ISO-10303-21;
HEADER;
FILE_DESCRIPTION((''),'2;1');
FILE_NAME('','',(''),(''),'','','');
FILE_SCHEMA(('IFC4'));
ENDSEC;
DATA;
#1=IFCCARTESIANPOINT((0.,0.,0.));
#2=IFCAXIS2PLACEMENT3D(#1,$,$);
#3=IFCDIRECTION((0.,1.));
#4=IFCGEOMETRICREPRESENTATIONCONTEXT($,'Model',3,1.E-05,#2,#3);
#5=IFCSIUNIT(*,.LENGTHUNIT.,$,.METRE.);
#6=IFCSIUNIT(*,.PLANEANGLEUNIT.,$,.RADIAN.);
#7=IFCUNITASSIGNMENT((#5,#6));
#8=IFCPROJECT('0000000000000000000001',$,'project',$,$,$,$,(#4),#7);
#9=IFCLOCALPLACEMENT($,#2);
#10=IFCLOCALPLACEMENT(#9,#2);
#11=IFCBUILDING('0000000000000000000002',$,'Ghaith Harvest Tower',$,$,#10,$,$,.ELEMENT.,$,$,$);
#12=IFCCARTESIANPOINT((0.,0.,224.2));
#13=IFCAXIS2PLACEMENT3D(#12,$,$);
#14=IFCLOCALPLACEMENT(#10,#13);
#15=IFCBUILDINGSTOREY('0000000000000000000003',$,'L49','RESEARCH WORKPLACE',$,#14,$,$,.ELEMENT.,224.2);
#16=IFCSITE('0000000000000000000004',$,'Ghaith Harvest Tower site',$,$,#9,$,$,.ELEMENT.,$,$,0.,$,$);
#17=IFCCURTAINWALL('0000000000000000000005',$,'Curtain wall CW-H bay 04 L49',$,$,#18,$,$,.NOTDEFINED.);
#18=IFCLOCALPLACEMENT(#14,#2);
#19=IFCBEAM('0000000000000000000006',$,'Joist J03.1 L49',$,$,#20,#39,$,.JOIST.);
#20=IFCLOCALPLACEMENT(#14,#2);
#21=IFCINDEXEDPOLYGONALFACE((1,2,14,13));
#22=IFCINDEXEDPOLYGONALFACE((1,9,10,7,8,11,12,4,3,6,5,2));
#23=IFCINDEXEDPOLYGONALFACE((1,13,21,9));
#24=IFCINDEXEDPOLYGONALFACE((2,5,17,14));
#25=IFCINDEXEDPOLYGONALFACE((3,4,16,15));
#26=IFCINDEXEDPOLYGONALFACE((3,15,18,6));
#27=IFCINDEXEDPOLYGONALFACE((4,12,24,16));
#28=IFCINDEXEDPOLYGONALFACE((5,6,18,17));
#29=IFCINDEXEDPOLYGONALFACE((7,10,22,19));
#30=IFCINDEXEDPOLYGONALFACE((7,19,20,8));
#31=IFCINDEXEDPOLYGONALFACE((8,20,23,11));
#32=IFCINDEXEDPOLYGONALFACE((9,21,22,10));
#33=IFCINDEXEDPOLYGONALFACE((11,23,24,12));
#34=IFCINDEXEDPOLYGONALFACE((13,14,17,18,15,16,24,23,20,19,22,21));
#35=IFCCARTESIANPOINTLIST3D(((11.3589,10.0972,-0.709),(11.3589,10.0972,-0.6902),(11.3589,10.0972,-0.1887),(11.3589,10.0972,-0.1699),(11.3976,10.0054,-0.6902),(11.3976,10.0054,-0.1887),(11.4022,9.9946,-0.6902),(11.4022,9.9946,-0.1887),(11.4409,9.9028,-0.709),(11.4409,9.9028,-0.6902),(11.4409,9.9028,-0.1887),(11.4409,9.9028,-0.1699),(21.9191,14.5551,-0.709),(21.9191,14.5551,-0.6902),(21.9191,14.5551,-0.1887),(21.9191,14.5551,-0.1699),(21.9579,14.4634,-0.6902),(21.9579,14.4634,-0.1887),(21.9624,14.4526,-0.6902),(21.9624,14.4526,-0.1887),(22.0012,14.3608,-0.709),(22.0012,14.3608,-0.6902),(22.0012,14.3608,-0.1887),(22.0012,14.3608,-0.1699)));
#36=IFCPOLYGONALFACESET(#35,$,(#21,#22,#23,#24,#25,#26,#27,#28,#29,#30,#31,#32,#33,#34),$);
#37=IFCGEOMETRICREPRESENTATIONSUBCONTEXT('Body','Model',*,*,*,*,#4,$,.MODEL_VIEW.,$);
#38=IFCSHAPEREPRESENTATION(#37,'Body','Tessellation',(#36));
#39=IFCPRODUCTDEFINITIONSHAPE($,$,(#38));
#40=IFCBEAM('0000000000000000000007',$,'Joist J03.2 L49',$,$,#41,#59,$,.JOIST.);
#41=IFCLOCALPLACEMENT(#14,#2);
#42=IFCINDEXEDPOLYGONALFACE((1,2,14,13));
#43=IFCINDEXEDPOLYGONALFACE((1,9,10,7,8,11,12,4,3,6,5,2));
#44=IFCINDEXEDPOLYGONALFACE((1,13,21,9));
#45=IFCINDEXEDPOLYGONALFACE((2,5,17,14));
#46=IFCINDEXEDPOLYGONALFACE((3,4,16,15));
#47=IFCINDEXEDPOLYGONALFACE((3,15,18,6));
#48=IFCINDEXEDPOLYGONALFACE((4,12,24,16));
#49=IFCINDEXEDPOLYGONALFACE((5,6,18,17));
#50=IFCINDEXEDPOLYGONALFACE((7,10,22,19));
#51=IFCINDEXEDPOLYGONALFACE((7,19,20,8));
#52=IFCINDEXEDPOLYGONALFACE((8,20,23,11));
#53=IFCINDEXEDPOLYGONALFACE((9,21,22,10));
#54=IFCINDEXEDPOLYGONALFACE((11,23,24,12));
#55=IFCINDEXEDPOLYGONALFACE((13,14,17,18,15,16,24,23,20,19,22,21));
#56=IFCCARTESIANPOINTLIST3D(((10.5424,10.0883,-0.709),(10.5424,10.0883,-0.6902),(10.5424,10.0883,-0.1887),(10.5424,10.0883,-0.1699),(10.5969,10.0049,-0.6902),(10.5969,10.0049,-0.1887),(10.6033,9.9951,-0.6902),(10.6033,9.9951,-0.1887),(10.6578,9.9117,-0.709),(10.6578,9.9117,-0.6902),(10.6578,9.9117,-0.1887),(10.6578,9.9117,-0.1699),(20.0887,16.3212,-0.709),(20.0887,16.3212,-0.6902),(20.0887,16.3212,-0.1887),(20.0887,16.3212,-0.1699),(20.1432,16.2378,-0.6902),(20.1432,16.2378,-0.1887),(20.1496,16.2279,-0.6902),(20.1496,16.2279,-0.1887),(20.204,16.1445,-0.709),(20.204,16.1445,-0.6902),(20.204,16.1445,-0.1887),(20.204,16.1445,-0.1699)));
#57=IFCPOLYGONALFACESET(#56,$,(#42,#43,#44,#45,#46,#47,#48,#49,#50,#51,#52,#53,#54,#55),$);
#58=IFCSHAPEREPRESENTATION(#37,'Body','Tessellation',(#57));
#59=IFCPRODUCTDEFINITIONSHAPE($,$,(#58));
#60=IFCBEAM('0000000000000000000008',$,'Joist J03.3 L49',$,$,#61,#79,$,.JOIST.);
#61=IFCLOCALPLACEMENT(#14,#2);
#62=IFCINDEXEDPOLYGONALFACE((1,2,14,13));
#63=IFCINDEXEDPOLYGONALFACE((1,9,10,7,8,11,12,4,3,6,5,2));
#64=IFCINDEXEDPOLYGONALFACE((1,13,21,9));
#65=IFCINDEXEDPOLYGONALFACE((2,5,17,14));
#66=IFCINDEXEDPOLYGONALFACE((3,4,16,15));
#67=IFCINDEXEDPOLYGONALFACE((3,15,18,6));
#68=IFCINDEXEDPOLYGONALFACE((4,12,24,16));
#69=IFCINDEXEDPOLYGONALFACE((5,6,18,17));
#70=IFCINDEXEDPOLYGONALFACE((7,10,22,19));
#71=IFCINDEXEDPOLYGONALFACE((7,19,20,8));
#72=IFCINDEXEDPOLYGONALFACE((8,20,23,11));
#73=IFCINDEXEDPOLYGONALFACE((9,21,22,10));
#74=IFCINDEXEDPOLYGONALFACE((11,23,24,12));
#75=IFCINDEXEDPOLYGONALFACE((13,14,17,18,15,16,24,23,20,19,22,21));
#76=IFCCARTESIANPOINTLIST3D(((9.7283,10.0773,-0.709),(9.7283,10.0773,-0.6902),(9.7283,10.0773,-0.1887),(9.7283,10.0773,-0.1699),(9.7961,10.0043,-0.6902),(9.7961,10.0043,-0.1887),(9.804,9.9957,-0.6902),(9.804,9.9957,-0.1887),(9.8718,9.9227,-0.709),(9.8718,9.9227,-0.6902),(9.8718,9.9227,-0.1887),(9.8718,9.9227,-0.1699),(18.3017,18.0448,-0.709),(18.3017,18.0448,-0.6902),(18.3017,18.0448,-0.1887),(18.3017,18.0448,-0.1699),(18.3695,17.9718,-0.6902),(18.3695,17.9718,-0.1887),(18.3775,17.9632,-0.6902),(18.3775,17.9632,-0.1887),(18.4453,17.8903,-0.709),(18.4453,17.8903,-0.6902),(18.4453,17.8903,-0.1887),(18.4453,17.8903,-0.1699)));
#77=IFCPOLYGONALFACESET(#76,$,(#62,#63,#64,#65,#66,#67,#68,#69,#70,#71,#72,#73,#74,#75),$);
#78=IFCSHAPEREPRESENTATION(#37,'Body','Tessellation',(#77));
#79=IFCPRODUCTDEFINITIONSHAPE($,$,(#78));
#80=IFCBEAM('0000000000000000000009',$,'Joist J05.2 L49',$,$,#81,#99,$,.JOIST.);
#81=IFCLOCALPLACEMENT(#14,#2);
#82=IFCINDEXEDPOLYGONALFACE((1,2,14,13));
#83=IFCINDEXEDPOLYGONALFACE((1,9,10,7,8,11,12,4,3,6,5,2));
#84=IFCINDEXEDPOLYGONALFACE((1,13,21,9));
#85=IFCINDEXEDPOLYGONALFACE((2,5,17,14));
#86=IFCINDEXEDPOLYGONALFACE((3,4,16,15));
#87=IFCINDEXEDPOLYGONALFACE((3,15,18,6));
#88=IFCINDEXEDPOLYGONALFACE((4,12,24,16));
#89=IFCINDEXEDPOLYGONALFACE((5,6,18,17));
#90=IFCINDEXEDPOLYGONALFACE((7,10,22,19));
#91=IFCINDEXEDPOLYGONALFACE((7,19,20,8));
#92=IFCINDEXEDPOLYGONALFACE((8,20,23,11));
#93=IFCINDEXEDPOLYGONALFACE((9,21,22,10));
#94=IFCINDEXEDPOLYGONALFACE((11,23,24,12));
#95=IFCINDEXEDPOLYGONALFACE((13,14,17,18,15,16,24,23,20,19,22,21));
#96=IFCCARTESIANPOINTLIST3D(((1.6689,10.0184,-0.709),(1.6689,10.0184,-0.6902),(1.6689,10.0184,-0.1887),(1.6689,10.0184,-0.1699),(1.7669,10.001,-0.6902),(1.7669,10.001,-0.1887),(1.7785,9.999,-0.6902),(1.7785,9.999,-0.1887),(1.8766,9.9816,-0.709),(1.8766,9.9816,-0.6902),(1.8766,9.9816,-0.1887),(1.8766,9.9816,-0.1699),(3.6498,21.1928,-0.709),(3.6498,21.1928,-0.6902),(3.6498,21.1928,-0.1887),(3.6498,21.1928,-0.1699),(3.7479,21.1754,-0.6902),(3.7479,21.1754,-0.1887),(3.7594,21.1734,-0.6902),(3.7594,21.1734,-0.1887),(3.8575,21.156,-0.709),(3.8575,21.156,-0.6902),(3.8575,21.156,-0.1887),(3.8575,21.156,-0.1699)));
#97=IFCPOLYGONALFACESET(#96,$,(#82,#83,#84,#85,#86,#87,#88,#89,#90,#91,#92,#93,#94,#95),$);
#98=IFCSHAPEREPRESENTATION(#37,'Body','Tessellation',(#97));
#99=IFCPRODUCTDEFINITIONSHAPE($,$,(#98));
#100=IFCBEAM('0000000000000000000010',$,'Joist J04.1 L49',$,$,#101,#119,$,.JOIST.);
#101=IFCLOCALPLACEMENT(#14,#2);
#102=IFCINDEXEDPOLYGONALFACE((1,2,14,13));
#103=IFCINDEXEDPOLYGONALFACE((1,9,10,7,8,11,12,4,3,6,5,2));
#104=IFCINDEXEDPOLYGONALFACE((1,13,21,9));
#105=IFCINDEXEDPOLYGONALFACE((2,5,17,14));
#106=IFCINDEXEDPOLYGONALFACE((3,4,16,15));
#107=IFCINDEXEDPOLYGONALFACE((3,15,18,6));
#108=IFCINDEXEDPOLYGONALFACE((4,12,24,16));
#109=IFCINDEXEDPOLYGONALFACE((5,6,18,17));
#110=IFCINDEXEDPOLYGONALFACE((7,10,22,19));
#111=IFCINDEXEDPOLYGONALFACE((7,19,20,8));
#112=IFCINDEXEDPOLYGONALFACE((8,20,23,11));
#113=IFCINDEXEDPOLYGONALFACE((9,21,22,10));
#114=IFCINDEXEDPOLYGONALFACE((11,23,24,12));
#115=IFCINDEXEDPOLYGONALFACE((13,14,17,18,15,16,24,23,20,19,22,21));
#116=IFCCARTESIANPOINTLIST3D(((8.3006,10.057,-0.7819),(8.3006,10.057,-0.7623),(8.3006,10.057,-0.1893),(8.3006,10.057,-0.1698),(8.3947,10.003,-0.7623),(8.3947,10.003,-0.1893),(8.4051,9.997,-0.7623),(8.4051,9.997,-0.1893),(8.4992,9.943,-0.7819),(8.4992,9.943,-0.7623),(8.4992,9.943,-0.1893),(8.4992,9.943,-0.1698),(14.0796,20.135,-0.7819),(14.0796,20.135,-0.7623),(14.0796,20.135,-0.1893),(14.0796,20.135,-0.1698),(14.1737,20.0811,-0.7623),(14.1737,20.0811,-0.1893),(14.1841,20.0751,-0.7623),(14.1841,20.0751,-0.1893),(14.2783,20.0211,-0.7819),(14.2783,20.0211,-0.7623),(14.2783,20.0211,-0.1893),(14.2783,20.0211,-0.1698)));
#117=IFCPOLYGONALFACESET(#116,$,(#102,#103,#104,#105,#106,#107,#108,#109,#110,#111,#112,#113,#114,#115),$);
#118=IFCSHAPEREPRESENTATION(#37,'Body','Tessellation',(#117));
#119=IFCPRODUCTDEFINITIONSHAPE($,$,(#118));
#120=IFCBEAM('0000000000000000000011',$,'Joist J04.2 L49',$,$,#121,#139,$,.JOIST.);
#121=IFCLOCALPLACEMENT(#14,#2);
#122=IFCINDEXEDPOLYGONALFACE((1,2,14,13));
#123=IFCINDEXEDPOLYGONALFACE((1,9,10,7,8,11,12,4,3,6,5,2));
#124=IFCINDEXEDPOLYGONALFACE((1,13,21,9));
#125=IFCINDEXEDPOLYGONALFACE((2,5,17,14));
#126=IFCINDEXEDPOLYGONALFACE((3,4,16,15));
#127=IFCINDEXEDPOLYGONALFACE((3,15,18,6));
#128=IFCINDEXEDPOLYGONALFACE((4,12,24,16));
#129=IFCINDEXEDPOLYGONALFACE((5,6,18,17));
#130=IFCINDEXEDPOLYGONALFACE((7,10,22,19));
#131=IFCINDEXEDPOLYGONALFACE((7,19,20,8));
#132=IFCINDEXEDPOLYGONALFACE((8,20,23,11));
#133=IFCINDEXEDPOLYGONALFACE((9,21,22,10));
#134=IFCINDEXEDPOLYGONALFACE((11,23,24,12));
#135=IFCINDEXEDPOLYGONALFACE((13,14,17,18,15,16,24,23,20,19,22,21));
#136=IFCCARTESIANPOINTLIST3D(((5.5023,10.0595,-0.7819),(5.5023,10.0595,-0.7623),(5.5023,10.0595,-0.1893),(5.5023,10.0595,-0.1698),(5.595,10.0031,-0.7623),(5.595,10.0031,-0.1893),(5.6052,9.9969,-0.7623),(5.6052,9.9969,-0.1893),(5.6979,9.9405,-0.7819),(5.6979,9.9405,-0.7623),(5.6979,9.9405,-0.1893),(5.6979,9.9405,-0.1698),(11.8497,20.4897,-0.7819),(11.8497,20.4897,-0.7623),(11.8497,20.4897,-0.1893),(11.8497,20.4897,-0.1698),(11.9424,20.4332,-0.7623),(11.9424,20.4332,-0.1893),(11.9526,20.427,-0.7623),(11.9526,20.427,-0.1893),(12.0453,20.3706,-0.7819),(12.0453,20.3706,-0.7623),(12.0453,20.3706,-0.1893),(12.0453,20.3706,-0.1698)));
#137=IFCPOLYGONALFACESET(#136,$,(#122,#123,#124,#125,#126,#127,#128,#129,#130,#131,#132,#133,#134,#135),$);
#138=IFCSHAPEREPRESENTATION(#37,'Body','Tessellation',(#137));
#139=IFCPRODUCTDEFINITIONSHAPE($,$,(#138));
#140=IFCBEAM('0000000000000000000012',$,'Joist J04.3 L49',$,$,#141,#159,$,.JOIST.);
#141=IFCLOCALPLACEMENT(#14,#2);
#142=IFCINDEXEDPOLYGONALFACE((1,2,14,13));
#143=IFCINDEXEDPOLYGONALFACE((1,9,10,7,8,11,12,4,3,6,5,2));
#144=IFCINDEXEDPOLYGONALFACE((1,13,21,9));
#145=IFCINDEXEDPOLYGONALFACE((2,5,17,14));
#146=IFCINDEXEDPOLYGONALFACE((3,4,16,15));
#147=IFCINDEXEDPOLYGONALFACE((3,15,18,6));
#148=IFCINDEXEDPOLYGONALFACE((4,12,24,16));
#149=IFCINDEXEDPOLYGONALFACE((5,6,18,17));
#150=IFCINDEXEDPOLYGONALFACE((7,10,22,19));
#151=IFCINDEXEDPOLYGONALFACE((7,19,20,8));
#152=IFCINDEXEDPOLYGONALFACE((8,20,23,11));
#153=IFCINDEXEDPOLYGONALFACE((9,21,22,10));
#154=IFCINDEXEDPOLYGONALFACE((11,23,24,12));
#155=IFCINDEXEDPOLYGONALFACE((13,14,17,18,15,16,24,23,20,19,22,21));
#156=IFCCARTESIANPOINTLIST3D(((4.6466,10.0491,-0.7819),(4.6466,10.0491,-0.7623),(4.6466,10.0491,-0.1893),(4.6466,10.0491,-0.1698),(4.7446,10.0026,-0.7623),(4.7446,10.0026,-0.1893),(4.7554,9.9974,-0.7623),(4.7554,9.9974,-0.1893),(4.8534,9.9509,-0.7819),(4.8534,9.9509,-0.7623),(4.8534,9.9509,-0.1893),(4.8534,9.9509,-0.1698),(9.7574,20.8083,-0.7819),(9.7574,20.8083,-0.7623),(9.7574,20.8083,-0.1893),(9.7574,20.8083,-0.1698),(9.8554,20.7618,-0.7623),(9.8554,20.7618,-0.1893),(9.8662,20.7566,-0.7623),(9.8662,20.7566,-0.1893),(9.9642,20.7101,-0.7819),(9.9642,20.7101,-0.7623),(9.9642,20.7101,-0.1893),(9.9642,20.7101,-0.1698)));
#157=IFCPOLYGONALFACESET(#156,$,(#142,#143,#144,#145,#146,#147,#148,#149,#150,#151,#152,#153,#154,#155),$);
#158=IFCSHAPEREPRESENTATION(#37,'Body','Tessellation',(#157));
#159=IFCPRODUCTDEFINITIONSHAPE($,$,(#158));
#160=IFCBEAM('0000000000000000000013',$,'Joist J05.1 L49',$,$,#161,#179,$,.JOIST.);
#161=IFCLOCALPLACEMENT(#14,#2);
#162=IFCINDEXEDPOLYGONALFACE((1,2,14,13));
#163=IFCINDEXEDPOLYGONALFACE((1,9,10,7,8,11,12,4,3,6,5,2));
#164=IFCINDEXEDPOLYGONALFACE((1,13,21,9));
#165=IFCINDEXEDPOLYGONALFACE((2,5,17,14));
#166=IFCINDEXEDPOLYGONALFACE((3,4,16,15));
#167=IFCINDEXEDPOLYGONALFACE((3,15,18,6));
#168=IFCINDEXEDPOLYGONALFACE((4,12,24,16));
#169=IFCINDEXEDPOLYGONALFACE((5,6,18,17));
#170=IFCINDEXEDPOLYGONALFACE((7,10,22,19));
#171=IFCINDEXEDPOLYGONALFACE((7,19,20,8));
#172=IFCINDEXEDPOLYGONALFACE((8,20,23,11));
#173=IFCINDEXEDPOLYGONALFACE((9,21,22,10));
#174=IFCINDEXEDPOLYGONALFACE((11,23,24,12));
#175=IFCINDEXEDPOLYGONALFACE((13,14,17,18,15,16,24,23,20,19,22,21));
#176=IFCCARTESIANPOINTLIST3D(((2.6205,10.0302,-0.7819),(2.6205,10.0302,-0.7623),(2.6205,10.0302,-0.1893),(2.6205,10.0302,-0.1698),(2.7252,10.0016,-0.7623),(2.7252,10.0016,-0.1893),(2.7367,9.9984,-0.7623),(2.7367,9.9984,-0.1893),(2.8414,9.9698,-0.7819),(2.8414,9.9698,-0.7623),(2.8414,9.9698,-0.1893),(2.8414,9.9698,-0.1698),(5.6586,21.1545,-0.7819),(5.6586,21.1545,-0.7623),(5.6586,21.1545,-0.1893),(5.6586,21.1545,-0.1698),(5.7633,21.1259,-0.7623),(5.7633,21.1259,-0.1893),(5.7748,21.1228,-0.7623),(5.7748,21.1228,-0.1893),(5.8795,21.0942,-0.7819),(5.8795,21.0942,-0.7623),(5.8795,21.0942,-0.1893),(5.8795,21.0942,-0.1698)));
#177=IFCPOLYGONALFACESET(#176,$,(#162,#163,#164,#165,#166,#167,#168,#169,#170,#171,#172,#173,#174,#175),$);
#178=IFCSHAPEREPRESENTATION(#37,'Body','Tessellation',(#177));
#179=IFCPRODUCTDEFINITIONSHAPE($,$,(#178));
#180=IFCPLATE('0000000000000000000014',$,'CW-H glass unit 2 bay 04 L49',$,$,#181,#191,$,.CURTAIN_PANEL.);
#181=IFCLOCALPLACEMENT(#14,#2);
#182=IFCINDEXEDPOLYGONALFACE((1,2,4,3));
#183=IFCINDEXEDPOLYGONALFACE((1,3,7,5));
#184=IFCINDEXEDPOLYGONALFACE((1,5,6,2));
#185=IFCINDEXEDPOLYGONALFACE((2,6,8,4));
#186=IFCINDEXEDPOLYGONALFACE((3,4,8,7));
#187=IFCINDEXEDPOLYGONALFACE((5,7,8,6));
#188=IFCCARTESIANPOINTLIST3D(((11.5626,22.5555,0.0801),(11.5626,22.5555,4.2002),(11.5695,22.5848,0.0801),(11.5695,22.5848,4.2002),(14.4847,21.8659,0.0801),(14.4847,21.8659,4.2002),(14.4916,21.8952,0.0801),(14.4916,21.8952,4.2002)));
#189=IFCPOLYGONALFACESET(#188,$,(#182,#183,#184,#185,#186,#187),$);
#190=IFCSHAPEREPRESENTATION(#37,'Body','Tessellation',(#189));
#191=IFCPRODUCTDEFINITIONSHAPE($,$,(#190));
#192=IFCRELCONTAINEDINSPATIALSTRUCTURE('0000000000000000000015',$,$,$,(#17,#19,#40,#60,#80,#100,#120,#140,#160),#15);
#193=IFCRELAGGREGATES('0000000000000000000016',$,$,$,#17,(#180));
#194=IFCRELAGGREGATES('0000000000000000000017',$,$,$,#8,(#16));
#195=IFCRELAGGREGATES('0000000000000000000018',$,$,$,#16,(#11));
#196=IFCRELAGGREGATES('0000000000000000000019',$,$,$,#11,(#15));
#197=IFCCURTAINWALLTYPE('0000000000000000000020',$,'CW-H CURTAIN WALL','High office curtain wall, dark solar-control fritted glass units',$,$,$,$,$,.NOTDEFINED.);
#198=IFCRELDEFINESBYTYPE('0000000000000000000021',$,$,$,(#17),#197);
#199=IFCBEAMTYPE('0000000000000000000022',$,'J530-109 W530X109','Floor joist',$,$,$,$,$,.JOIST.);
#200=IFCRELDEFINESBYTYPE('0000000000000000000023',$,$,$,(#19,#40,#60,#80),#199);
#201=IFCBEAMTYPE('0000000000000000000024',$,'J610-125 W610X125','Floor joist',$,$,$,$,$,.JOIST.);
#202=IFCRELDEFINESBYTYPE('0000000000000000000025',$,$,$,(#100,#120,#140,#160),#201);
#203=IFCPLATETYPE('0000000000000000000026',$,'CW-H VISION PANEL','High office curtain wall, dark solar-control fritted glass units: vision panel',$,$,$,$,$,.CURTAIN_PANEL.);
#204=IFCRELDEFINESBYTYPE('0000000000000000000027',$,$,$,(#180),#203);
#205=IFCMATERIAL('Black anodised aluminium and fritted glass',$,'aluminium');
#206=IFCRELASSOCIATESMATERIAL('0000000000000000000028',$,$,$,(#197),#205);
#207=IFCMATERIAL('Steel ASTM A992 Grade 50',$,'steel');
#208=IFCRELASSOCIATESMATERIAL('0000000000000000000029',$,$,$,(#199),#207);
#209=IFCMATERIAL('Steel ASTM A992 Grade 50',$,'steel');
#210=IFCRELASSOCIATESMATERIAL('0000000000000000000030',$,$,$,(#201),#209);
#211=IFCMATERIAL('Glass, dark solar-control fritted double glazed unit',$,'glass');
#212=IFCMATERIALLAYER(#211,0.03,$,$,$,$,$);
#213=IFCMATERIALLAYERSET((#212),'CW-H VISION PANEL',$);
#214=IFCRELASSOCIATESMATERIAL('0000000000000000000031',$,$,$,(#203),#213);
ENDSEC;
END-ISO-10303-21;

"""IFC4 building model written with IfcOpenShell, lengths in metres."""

from ifc_helpers import new_model, si_unit, direction, frame, origin, origin_2d, place, context, subcontext, project, spatial, rectangle, i_section, extrude, material, layer, layer_set, material_profile, profile_set, type_object, element, aggregate, save


model = new_model("IFC4")

# Units and contexts
model_context = context("Model", 3, precision=1e-05, world=origin(), true_north=direction((0.0, 1.0)))
body_context = subcontext(model_context, "Body", "Model", "MODEL_VIEW")
ifc_project = project(units=[si_unit("LENGTHUNIT", "METRE"), si_unit("PLANEANGLEUNIT", "RADIAN")], contexts=[model_context])

# Site, building, storey
site_placement = place(None, origin())
site = spatial("IfcSite", under=ifc_project, at=site_placement, Name="Ghaith Harvest Tower site", CompositionType="ELEMENT", RefElevation=0.0)
building_placement = place(site_placement, origin())
building = spatial("IfcBuilding", under=site, at=building_placement, Name="Ghaith Harvest Tower", CompositionType="ELEMENT")
storey_placement = place(building_placement, frame((0.0, 0.0, 224.2)))
storey = spatial("IfcBuildingStorey", under=building, at=storey_placement, Name="L49", Description="RESEARCH WORKPLACE", CompositionType="ELEMENT", Elevation=224.2)

# Curtain wall
ifc_material_1 = material(Name="Black anodised aluminium and fritted glass", Category="aluminium")
curtain_wall_type = type_object("IfcCurtainWallType", Name="CW-H CURTAIN WALL", Description="High office curtain wall, dark solar-control fritted glass units", PredefinedType="NOTDEFINED", material=ifc_material_1)
curtain_wall_1_placement = place(storey_placement, origin())
curtain_wall_1 = element("IfcCurtainWall", 1, at=curtain_wall_1_placement, inside=storey, type_object=curtain_wall_type, Name="Curtain wall CW-H bay 04 L49", PredefinedType="NOTDEFINED")

# Beams
ifc_material_2 = material(Name="Steel ASTM A992 Grade 50", Category="steel")
ifc_material_profile_1 = material_profile(ifc_material_2, i_section(OverallWidth=0.2109, OverallDepth=0.5391, WebThickness=0.0117, FlangeThickness=0.0188, at=origin_2d()), Name="W530X109")
ifc_profile_set_1 = profile_set([ifc_material_profile_1], Name="Steel ASTM A992 Grade 50")
beam_type_1 = type_object("IfcBeamType", Name="J530-109 W530X109", Description="Floor joist", PredefinedType="JOIST", material=ifc_profile_set_1)
beam_1_placement = place(storey_placement, frame((11.3999, 10.0, -0.4395), z_axis=(0.921274, 0.388914, 0.0), x_axis=(-0.388914, 0.921274, 0.0)))
element("IfcBeam", 2, at=beam_1_placement, inside=storey, type_object=beam_type_1, Name="Joist J03.1 L49", PredefinedType="JOIST", context=body_context, shape_type="SweptSolid", body=[
    extrude(i_section(OverallWidth=0.2109, OverallDepth=0.5391, WebThickness=0.0117, FlangeThickness=0.0188, at=origin_2d()), origin(), (0.0, 0.0, 1.0), 11.4626),
])
beam_2_placement = place(storey_placement, frame((10.6001, 10.0, -0.4395), z_axis=(0.837329, 0.546699, 0.0), x_axis=(-0.546699, 0.837329, 0.0)))
element("IfcBeam", 3, at=beam_2_placement, inside=storey, type_object=beam_type_1, Name="Joist J03.2 L49", PredefinedType="JOIST", context=body_context, shape_type="SweptSolid", body=[
    extrude(i_section(OverallWidth=0.2109, OverallDepth=0.5391, WebThickness=0.0117, FlangeThickness=0.0188, at=origin_2d()), origin(), (0.0, 0.0, 1.0), 11.4009),
])
beam_3_placement = place(storey_placement, frame((9.8, 10.0, -0.4395), z_axis=(0.732519, 0.680746, 0.0), x_axis=(-0.680746, 0.732519, 0.0)))
element("IfcBeam", 4, at=beam_3_placement, inside=storey, type_object=beam_type_1, Name="Joist J03.3 L49", PredefinedType="JOIST", context=body_context, shape_type="SweptSolid", body=[
    extrude(i_section(OverallWidth=0.2109, OverallDepth=0.5391, WebThickness=0.0117, FlangeThickness=0.0188, at=origin_2d()), origin(), (0.0, 0.0, 1.0), 11.7041),
])
beam_4_placement = place(storey_placement, frame((1.7727, 10.0, -0.4395), z_axis=(0.174556, 0.984647, 0.0), x_axis=(-0.984647, 0.174556, 0.0)))
element("IfcBeam", 5, at=beam_4_placement, inside=storey, type_object=beam_type_1, Name="Joist J05.2 L49", PredefinedType="JOIST", context=body_context, shape_type="SweptSolid", body=[
    extrude(i_section(OverallWidth=0.2109, OverallDepth=0.5391, WebThickness=0.0117, FlangeThickness=0.0188, at=origin_2d()), origin(), (0.0, 0.0, 1.0), 11.3486),
])
ifc_material_3 = material(Name="Steel ASTM A992 Grade 50", Category="steel")
ifc_material_profile_2 = material_profile(ifc_material_3, i_section(OverallWidth=0.229, OverallDepth=0.6121, WebThickness=0.012, FlangeThickness=0.0195, at=origin_2d()), Name="W610X125")
ifc_profile_set_2 = profile_set([ifc_material_profile_2], Name="Steel ASTM A992 Grade 50")
beam_type_2 = type_object("IfcBeamType", Name="J610-125 W610X125", Description="Floor joist", PredefinedType="JOIST", material=ifc_profile_set_2)
beam_5_placement = place(storey_placement, frame((8.3999, 10.0, -0.4758), z_axis=(0.497444, 0.867496, 0.0), x_axis=(-0.867496, 0.497444, 0.0)))
element("IfcBeam", 6, at=beam_5_placement, inside=storey, type_object=beam_type_2, Name="Joist J04.1 L49", PredefinedType="JOIST", context=body_context, shape_type="SweptSolid", body=[
    extrude(i_section(OverallWidth=0.229, OverallDepth=0.6121, WebThickness=0.012, FlangeThickness=0.0195, at=origin_2d()), origin(), (0.0, 0.0, 1.0), 11.6174),
])
beam_6_placement = place(storey_placement, frame((5.6001, 10.0, -0.4758), z_axis=(0.519864, 0.854249, 0.0), x_axis=(-0.854249, 0.519864, 0.0)))
element("IfcBeam", 7, at=beam_6_placement, inside=storey, type_object=beam_type_2, Name="Joist J04.2 L49", PredefinedType="JOIST", context=body_context, shape_type="SweptSolid", body=[
    extrude(i_section(OverallWidth=0.229, OverallDepth=0.6121, WebThickness=0.012, FlangeThickness=0.0195, at=origin_2d()), origin(), (0.0, 0.0, 1.0), 12.2097),
])
beam_7_placement = place(storey_placement, frame((4.75, 10.0, -0.4758), z_axis=(0.429069, 0.903272, 0.0), x_axis=(-0.903272, 0.429069, 0.0)))
element("IfcBeam", 8, at=beam_7_placement, inside=storey, type_object=beam_type_2, Name="Joist J04.3 L49", PredefinedType="JOIST", context=body_context, shape_type="SweptSolid", body=[
    extrude(i_section(OverallWidth=0.229, OverallDepth=0.6121, WebThickness=0.012, FlangeThickness=0.0195, at=origin_2d()), origin(), (0.0, 0.0, 1.0), 11.9114),
])
beam_8_placement = place(storey_placement, frame((2.731, 10.0, -0.4758), z_axis=(0.263456, 0.964671, 0.0), x_axis=(-0.964671, 0.263456, 0.0)))
element("IfcBeam", 9, at=beam_8_placement, inside=storey, type_object=beam_type_2, Name="Joist J05.1 L49", PredefinedType="JOIST", context=body_context, shape_type="SweptSolid", body=[
    extrude(i_section(OverallWidth=0.229, OverallDepth=0.6121, WebThickness=0.012, FlangeThickness=0.0195, at=origin_2d()), origin(), (0.0, 0.0, 1.0), 11.5317),
])

# Plate
ifc_material_4 = material(Name="Glass, dark solar-control fritted double glazed unit", Category="glass")
ifc_layer_1 = layer(ifc_material_4, 0.03)
ifc_layer_set_1 = layer_set([ifc_layer_1], Name="CW-H VISION PANEL")
plate_type = type_object("IfcPlateType", Name="CW-H VISION PANEL", Description="High office curtain wall, dark solar-control fritted glass units: vision panel", PredefinedType="CURTAIN_PANEL", material=ifc_layer_set_1)
plate_1_placement = place(storey_placement, frame((13.0271, 22.2253, 0.0801), z_axis=(0.0, 0.0, 1.0), x_axis=(-0.973266, 0.22968, 0.0)))
plate_1 = element("IfcPlate", 10, at=plate_1_placement, type_object=plate_type, Name="CW-H glass unit 2 bay 04 L49", PredefinedType="CURTAIN_PANEL", context=body_context, shape_type="SweptSolid", body=[
    extrude(rectangle(XDim=3.0024, YDim=0.03, at=origin_2d()), origin(), (0.0, 0.0, 1.0), 4.1201),
])
aggregate(curtain_wall_1, [plate_1])

save(model, "model.ifc")
